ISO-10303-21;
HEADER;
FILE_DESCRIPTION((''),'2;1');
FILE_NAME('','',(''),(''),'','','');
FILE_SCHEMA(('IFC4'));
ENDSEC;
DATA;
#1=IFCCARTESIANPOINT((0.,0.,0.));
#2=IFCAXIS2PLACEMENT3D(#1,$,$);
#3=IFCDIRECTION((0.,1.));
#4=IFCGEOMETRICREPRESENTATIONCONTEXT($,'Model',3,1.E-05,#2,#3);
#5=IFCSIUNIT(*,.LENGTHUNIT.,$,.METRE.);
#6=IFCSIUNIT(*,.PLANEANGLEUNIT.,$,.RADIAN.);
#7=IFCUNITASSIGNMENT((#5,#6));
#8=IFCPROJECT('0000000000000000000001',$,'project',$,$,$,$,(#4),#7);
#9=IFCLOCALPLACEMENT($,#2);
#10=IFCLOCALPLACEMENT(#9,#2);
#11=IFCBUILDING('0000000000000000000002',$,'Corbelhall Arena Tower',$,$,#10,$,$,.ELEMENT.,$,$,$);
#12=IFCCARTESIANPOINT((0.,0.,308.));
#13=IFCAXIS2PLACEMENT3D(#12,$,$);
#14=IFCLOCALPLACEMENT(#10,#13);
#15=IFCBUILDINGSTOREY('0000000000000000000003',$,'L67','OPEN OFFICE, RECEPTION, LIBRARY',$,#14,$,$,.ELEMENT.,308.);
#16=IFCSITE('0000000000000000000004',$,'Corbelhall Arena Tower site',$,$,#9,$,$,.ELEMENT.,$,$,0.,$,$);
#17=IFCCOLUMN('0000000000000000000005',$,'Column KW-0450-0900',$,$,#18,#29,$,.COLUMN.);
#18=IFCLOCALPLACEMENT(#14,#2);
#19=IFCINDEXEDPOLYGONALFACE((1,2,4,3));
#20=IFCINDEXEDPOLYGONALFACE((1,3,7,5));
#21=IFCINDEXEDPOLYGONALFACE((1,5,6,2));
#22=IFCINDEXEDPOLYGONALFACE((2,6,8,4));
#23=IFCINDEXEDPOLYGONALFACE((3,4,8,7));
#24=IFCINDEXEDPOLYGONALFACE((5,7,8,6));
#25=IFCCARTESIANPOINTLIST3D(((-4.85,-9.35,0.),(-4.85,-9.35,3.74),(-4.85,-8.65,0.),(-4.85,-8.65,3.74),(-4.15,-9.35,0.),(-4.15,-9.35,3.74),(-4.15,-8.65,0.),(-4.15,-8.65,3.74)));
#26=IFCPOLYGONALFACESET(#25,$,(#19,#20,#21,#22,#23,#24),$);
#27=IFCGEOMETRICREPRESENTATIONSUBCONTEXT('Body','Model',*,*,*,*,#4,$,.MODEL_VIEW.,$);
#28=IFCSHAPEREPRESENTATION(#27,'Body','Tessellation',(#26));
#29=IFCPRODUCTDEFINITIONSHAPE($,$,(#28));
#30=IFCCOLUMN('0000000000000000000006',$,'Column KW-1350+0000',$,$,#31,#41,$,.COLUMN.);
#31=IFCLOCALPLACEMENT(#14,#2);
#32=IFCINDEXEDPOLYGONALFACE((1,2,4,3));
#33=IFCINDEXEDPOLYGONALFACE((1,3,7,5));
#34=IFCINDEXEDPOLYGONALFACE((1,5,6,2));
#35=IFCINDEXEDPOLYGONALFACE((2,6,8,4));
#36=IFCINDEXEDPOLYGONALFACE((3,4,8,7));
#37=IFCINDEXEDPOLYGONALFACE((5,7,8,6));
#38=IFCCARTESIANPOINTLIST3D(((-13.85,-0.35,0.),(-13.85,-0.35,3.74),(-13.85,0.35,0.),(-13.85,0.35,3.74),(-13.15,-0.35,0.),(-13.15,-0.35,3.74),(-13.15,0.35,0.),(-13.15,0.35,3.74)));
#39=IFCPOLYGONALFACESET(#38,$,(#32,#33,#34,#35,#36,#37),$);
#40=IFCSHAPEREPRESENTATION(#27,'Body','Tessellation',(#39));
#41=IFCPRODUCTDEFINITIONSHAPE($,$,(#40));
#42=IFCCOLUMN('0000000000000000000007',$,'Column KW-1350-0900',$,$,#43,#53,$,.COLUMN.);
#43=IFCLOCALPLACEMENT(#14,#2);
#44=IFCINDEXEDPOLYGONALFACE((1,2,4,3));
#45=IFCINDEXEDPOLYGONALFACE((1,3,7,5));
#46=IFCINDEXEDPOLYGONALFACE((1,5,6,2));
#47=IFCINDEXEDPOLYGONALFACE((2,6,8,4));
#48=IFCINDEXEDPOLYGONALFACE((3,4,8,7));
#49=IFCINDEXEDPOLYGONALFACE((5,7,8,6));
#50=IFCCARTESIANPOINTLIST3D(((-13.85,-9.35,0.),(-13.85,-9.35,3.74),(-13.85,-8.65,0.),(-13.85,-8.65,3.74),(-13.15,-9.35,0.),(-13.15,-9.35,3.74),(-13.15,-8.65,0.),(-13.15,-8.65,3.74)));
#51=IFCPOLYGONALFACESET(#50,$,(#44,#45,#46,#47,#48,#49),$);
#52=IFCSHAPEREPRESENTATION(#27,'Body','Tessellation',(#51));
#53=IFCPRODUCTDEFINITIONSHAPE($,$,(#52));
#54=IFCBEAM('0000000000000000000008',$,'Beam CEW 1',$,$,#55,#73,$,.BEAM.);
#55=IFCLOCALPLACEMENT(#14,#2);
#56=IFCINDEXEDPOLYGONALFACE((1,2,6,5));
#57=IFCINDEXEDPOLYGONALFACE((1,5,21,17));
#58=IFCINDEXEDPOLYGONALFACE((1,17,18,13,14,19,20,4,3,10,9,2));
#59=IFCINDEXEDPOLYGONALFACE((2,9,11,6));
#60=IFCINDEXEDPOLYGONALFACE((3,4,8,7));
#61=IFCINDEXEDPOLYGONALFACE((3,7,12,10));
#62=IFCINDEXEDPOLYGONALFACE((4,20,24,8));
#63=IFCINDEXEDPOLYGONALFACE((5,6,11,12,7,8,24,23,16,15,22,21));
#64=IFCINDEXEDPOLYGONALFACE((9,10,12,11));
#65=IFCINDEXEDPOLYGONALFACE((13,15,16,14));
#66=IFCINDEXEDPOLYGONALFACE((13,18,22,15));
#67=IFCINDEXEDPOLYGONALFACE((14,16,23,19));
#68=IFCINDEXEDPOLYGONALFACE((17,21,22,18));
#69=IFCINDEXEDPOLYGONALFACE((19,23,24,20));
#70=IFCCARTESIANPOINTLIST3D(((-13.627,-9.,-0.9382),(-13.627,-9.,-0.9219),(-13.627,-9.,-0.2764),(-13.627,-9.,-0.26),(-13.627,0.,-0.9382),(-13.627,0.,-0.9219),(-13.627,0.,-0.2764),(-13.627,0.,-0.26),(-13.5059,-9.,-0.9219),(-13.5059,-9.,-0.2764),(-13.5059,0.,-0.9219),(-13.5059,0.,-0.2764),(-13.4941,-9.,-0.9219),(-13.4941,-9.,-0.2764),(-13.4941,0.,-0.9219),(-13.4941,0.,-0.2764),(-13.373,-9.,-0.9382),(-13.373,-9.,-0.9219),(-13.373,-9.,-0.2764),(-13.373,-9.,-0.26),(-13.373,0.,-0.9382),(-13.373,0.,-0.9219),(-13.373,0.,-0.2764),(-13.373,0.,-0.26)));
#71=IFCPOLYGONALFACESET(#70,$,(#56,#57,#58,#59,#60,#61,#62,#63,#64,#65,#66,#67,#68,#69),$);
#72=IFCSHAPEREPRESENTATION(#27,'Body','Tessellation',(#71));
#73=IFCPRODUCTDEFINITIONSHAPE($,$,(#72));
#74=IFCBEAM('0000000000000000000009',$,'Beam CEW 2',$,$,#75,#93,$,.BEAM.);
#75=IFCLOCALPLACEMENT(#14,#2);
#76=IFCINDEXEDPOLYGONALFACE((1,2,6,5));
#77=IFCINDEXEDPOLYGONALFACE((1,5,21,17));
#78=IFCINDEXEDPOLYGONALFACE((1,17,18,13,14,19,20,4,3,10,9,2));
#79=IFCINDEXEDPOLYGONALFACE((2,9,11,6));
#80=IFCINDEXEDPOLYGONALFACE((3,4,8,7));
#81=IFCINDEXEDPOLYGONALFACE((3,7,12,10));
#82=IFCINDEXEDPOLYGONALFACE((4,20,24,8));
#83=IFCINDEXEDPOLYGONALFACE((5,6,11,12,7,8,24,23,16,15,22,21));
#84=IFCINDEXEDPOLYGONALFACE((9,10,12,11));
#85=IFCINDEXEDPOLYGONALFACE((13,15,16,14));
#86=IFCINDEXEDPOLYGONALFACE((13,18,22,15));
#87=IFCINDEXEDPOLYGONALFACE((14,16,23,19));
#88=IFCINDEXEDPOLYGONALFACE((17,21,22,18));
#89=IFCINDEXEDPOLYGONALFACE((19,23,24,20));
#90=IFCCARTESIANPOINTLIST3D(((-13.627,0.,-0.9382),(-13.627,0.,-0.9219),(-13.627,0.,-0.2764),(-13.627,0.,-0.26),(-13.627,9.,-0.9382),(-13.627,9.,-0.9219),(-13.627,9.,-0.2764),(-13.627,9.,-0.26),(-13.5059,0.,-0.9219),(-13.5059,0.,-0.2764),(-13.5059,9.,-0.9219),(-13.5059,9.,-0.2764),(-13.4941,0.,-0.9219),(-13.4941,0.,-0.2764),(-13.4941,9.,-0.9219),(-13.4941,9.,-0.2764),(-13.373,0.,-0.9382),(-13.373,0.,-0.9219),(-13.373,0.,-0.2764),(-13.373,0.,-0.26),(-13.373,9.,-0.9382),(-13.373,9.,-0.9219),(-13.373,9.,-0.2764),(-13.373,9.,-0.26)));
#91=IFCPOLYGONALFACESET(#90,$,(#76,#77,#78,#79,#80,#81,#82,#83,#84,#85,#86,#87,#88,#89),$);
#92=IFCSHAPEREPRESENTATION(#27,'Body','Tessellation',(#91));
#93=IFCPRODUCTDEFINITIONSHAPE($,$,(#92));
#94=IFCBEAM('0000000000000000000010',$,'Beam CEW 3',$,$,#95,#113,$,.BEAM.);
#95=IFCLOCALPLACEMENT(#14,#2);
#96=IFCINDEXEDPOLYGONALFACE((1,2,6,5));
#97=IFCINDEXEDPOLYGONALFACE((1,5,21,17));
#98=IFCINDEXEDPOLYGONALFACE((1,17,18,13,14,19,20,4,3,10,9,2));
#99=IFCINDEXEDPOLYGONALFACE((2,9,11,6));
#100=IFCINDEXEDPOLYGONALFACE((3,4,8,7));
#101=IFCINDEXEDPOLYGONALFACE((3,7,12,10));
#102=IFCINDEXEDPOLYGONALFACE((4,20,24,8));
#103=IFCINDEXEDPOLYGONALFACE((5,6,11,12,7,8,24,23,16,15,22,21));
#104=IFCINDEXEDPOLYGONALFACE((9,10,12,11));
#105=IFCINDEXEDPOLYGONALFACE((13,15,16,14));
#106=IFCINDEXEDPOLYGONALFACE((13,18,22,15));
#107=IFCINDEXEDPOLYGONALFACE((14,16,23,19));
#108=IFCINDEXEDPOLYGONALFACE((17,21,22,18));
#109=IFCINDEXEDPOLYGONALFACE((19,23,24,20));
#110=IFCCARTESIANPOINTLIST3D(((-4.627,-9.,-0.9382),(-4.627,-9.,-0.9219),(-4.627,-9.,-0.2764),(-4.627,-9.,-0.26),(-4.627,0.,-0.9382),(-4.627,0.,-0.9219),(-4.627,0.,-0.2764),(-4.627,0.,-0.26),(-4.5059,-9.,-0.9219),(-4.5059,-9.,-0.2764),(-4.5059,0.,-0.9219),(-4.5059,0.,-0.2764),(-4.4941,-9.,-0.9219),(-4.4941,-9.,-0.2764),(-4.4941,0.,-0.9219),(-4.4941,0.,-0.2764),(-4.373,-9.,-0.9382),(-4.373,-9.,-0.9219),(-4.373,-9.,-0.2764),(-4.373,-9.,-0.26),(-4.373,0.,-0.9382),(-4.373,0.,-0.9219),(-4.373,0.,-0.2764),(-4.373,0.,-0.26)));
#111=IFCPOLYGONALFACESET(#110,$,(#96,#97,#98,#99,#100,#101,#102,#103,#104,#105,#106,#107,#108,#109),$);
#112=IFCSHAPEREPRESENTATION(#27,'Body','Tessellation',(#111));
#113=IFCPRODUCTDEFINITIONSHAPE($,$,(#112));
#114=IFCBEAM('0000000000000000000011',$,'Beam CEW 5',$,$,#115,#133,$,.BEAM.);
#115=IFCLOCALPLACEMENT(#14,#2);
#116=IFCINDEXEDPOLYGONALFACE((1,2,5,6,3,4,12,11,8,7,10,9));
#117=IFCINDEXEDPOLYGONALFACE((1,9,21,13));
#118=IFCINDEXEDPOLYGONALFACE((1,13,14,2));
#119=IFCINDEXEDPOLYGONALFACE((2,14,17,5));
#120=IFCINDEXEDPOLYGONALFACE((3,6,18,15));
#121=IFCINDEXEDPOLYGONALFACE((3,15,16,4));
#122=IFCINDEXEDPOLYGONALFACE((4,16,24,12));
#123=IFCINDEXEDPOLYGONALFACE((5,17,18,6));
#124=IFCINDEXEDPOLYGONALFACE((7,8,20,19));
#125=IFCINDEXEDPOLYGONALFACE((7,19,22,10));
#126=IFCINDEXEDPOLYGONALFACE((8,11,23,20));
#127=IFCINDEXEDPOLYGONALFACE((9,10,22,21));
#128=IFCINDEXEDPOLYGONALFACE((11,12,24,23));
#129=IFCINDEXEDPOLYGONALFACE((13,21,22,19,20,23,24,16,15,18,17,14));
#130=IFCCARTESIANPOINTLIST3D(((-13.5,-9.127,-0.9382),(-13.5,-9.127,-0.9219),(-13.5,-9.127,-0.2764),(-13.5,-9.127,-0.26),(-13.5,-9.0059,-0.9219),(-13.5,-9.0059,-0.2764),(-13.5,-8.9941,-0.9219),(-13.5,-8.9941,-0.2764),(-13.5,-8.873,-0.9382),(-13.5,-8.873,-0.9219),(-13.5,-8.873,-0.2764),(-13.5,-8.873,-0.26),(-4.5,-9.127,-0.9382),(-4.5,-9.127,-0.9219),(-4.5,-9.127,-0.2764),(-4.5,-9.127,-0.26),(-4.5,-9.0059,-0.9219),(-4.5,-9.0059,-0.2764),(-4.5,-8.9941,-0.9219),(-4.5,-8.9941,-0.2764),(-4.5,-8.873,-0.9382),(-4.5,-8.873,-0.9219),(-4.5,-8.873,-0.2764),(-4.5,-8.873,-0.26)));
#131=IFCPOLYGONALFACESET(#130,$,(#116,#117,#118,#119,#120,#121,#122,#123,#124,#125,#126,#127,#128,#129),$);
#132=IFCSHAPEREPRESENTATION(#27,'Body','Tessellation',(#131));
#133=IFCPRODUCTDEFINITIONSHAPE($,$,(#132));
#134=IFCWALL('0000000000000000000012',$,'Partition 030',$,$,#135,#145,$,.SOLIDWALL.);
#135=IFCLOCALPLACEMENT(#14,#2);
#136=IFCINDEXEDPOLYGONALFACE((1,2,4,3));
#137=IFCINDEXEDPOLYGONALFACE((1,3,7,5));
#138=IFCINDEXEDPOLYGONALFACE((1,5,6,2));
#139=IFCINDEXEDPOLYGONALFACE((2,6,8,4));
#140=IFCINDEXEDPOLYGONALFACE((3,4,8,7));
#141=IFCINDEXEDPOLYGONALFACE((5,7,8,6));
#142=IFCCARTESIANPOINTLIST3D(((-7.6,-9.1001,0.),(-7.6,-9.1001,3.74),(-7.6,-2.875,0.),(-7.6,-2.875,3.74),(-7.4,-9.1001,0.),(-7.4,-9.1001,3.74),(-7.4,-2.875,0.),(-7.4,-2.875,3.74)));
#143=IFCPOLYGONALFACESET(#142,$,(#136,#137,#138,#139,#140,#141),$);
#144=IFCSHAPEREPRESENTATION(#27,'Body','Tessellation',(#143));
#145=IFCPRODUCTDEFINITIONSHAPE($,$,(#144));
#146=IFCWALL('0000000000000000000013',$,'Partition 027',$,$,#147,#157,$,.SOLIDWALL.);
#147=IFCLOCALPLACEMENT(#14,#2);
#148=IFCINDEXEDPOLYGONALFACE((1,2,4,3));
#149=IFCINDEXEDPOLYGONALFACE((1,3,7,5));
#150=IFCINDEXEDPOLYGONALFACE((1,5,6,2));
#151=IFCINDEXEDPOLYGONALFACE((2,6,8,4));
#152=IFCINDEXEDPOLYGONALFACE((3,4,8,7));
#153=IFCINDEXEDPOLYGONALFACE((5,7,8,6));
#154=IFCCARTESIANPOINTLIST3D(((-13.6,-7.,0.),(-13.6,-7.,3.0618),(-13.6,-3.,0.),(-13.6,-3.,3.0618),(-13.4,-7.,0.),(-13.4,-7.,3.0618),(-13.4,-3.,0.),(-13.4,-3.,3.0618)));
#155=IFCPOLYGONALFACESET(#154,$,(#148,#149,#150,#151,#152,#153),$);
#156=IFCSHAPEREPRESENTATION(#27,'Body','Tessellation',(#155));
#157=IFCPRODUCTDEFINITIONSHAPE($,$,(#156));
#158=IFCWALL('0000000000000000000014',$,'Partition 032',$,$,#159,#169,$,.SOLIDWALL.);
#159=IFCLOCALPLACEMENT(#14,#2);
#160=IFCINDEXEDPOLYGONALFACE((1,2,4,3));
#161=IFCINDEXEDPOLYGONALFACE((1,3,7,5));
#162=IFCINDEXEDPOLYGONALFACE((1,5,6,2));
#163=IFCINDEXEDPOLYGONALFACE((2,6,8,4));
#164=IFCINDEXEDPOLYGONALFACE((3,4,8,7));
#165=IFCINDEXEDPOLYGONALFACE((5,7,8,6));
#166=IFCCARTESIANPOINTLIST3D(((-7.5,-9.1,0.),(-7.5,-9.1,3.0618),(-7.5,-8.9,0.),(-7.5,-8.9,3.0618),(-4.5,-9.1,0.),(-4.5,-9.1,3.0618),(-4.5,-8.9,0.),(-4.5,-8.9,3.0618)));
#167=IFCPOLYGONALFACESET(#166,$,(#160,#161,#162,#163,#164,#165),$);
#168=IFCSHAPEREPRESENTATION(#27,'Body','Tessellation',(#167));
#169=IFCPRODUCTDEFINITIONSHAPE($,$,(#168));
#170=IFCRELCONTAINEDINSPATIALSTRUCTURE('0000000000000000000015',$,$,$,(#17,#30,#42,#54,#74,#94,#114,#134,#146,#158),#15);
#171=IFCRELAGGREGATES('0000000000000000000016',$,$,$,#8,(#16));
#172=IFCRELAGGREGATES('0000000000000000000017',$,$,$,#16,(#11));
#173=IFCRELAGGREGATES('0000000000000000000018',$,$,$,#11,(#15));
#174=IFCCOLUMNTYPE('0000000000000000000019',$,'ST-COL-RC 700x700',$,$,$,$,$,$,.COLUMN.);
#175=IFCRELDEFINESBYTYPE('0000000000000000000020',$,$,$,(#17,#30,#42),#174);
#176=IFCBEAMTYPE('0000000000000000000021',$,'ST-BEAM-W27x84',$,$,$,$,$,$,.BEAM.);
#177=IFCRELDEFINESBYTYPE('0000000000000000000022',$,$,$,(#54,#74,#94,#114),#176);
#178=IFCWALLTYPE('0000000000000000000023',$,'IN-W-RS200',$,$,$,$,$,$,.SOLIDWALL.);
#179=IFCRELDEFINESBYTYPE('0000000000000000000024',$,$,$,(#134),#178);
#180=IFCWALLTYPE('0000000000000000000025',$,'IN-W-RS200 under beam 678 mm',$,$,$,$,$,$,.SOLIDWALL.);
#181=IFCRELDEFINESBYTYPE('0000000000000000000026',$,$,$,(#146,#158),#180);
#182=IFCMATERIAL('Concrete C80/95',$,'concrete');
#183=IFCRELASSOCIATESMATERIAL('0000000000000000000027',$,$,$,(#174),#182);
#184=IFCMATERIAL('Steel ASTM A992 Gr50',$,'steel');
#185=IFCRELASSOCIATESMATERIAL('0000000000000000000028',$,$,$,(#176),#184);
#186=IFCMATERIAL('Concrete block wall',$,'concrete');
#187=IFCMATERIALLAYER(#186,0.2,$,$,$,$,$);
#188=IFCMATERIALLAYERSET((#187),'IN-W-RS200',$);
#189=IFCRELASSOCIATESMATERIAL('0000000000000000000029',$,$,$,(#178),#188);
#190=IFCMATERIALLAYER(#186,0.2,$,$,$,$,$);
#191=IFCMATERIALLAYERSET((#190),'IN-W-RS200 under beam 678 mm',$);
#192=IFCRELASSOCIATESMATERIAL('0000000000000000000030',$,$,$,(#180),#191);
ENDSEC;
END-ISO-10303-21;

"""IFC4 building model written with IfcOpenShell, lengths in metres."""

from ifc_helpers import new_model, si_unit, direction, frame, frame_2d, origin, origin_2d, place, context, subcontext, project, spatial, rectangle, i_section, extrude, material, layer, layer_set, material_profile, profile_set, type_object, element, save


model = new_model("IFC4")

# Units and contexts
model_context = context("Model", 3, precision=1e-05, world=origin(), true_north=direction((0.0, 1.0)))
body_context = subcontext(model_context, "Body", "Model", "MODEL_VIEW")
ifc_project = project(units=[si_unit("LENGTHUNIT", "METRE"), si_unit("PLANEANGLEUNIT", "RADIAN")], contexts=[model_context])

# Site, building, storey
site_placement = place(None, origin())
site = spatial("IfcSite", under=ifc_project, at=site_placement, Name="Corbelhall Arena Tower site", CompositionType="ELEMENT", RefElevation=0.0)
building_placement = place(site_placement, origin())
building = spatial("IfcBuilding", under=site, at=building_placement, Name="Corbelhall Arena Tower", CompositionType="ELEMENT")
storey_placement = place(building_placement, frame((0.0, 0.0, 308.0)))
storey = spatial("IfcBuildingStorey", under=building, at=storey_placement, Name="L67", Description="OPEN OFFICE, RECEPTION, LIBRARY", CompositionType="ELEMENT", Elevation=308.0)

# Columns
ifc_material_1 = material(Name="Concrete C80/95", Category="concrete")
ifc_material_profile_1 = material_profile(ifc_material_1, rectangle(XDim=0.7, YDim=0.7, at=origin_2d()))
ifc_profile_set_1 = profile_set([ifc_material_profile_1], Name="Concrete C80/95")
column_type = type_object("IfcColumnType", Name="ST-COL-RC 700x700", PredefinedType="COLUMN", material=ifc_profile_set_1)
for number, where, z_axis, x_axis, name in (
    (1, (-4.5, -9.0, 0.0), (0.0, 0.0, 1.0), (1.0, 0.0, 0.0), "Column KW-0450-0900"),
    (2, (-13.5, 0.0, 0.0), (0.0, 0.0, 1.0), (1.0, 0.0, 0.0), "Column KW-1350+0000"),
    (3, (-13.5, -9.0, 0.0), (0.0, 0.0, 1.0), (1.0, 0.0, 0.0), "Column KW-1350-0900"),
):
    element("IfcColumn", number, at=place(storey_placement, frame(where, z_axis=z_axis, x_axis=x_axis)), inside=storey, type_object=column_type, Name=name, PredefinedType="COLUMN", context=body_context, shape_type="SweptSolid", body=[
        extrude(rectangle(XDim=0.7, YDim=0.7, at=origin_2d()), origin(), (0.0, 0.0, 1.0), 3.74),
    ])

# Beams
ifc_material_2 = material(Name="Steel ASTM A992 Gr50", Category="steel")
ifc_material_profile_2 = material_profile(ifc_material_2, i_section(OverallWidth=0.2539, OverallDepth=0.6782, WebThickness=0.0117, FlangeThickness=0.0164, at=origin_2d()))
ifc_profile_set_2 = profile_set([ifc_material_profile_2], Name="Steel ASTM A992 Gr50")
beam_type = type_object("IfcBeamType", Name="ST-BEAM-W27x84", PredefinedType="BEAM", material=ifc_profile_set_2)
for number, where, z_axis, x_axis, name in (
    (4, (-13.5, -9.0, -0.5991), (0.0, 1.0, 0.0), (-1.0, 0.0, 0.0), "Beam CEW 1"),
    (5, (-13.5, 0.0, -0.5991), (0.0, 1.0, 0.0), (-1.0, 0.0, 0.0), "Beam CEW 2"),
    (6, (-4.5, -9.0, -0.5991), (0.0, 1.0, 0.0), (-1.0, 0.0, 0.0), "Beam CEW 3"),
    (7, (-13.5, -9.0, -0.5991), (1.0, 0.0, 0.0), (0.0, 1.0, 0.0), "Beam CEW 5"),
):
    element("IfcBeam", number, at=place(storey_placement, frame(where, z_axis=z_axis, x_axis=x_axis)), inside=storey, type_object=beam_type, Name=name, PredefinedType="BEAM", context=body_context, shape_type="SweptSolid", body=[
        extrude(i_section(OverallWidth=0.2539, OverallDepth=0.6782, WebThickness=0.0117, FlangeThickness=0.0164, at=origin_2d()), origin(), (0.0, 0.0, 1.0), 9.0),
    ])

# Shared definitions
ifc_material_3 = material(Name="Concrete block wall", Category="concrete")
ifc_layer_1 = layer(ifc_material_3, 0.2)
ifc_layer_set_1 = layer_set([ifc_layer_1], Name="IN-W-RS200")
wall_type_1 = type_object("IfcWallType", Name="IN-W-RS200", PredefinedType="SOLIDWALL", material=ifc_layer_set_1)

# Walls
wall_1_placement = place(storey_placement, frame((-7.5, -9.1001, 0.0), z_axis=(0.0, 0.0, 1.0), x_axis=(0.0, 1.0, 0.0)))
element("IfcWall", 8, at=wall_1_placement, inside=storey, type_object=wall_type_1, Name="Partition 030", PredefinedType="SOLIDWALL", context=body_context, shape_type="SweptSolid", body=[
    extrude(rectangle(XDim=6.2251, YDim=0.2, at=frame_2d((3.1125, 0.0))), origin(), (0.0, 0.0, 1.0), 3.74),
])
ifc_layer_2 = layer(ifc_material_3, 0.2)
ifc_layer_set_2 = layer_set([ifc_layer_2], Name="IN-W-RS200 under beam 678 mm")
wall_type_2 = type_object("IfcWallType", Name="IN-W-RS200 under beam 678 mm", PredefinedType="SOLIDWALL", material=ifc_layer_set_2)
wall_2_placement = place(storey_placement, frame((-13.5, -7.0, 0.0), z_axis=(0.0, 0.0, 1.0), x_axis=(0.0, 1.0, 0.0)))
element("IfcWall", 9, at=wall_2_placement, inside=storey, type_object=wall_type_2, Name="Partition 027", PredefinedType="SOLIDWALL", context=body_context, shape_type="SweptSolid", body=[
    extrude(rectangle(XDim=4.0, YDim=0.2, at=frame_2d((2.0, 0.0))), origin(), (0.0, 0.0, 1.0), 3.0618),
])
wall_3_placement = place(storey_placement, frame((-4.5, -9.0, 0.0), z_axis=(0.0, 0.0, 1.0), x_axis=(-1.0, 0.0, 0.0)))
element("IfcWall", 10, at=wall_3_placement, inside=storey, type_object=wall_type_2, Name="Partition 032", PredefinedType="SOLIDWALL", context=body_context, shape_type="SweptSolid", body=[
    extrude(rectangle(XDim=3.0, YDim=0.2, at=frame_2d((1.5, 0.0))), origin(), (0.0, 0.0, 1.0), 3.0618),
])

save(model, "model.ifc")
